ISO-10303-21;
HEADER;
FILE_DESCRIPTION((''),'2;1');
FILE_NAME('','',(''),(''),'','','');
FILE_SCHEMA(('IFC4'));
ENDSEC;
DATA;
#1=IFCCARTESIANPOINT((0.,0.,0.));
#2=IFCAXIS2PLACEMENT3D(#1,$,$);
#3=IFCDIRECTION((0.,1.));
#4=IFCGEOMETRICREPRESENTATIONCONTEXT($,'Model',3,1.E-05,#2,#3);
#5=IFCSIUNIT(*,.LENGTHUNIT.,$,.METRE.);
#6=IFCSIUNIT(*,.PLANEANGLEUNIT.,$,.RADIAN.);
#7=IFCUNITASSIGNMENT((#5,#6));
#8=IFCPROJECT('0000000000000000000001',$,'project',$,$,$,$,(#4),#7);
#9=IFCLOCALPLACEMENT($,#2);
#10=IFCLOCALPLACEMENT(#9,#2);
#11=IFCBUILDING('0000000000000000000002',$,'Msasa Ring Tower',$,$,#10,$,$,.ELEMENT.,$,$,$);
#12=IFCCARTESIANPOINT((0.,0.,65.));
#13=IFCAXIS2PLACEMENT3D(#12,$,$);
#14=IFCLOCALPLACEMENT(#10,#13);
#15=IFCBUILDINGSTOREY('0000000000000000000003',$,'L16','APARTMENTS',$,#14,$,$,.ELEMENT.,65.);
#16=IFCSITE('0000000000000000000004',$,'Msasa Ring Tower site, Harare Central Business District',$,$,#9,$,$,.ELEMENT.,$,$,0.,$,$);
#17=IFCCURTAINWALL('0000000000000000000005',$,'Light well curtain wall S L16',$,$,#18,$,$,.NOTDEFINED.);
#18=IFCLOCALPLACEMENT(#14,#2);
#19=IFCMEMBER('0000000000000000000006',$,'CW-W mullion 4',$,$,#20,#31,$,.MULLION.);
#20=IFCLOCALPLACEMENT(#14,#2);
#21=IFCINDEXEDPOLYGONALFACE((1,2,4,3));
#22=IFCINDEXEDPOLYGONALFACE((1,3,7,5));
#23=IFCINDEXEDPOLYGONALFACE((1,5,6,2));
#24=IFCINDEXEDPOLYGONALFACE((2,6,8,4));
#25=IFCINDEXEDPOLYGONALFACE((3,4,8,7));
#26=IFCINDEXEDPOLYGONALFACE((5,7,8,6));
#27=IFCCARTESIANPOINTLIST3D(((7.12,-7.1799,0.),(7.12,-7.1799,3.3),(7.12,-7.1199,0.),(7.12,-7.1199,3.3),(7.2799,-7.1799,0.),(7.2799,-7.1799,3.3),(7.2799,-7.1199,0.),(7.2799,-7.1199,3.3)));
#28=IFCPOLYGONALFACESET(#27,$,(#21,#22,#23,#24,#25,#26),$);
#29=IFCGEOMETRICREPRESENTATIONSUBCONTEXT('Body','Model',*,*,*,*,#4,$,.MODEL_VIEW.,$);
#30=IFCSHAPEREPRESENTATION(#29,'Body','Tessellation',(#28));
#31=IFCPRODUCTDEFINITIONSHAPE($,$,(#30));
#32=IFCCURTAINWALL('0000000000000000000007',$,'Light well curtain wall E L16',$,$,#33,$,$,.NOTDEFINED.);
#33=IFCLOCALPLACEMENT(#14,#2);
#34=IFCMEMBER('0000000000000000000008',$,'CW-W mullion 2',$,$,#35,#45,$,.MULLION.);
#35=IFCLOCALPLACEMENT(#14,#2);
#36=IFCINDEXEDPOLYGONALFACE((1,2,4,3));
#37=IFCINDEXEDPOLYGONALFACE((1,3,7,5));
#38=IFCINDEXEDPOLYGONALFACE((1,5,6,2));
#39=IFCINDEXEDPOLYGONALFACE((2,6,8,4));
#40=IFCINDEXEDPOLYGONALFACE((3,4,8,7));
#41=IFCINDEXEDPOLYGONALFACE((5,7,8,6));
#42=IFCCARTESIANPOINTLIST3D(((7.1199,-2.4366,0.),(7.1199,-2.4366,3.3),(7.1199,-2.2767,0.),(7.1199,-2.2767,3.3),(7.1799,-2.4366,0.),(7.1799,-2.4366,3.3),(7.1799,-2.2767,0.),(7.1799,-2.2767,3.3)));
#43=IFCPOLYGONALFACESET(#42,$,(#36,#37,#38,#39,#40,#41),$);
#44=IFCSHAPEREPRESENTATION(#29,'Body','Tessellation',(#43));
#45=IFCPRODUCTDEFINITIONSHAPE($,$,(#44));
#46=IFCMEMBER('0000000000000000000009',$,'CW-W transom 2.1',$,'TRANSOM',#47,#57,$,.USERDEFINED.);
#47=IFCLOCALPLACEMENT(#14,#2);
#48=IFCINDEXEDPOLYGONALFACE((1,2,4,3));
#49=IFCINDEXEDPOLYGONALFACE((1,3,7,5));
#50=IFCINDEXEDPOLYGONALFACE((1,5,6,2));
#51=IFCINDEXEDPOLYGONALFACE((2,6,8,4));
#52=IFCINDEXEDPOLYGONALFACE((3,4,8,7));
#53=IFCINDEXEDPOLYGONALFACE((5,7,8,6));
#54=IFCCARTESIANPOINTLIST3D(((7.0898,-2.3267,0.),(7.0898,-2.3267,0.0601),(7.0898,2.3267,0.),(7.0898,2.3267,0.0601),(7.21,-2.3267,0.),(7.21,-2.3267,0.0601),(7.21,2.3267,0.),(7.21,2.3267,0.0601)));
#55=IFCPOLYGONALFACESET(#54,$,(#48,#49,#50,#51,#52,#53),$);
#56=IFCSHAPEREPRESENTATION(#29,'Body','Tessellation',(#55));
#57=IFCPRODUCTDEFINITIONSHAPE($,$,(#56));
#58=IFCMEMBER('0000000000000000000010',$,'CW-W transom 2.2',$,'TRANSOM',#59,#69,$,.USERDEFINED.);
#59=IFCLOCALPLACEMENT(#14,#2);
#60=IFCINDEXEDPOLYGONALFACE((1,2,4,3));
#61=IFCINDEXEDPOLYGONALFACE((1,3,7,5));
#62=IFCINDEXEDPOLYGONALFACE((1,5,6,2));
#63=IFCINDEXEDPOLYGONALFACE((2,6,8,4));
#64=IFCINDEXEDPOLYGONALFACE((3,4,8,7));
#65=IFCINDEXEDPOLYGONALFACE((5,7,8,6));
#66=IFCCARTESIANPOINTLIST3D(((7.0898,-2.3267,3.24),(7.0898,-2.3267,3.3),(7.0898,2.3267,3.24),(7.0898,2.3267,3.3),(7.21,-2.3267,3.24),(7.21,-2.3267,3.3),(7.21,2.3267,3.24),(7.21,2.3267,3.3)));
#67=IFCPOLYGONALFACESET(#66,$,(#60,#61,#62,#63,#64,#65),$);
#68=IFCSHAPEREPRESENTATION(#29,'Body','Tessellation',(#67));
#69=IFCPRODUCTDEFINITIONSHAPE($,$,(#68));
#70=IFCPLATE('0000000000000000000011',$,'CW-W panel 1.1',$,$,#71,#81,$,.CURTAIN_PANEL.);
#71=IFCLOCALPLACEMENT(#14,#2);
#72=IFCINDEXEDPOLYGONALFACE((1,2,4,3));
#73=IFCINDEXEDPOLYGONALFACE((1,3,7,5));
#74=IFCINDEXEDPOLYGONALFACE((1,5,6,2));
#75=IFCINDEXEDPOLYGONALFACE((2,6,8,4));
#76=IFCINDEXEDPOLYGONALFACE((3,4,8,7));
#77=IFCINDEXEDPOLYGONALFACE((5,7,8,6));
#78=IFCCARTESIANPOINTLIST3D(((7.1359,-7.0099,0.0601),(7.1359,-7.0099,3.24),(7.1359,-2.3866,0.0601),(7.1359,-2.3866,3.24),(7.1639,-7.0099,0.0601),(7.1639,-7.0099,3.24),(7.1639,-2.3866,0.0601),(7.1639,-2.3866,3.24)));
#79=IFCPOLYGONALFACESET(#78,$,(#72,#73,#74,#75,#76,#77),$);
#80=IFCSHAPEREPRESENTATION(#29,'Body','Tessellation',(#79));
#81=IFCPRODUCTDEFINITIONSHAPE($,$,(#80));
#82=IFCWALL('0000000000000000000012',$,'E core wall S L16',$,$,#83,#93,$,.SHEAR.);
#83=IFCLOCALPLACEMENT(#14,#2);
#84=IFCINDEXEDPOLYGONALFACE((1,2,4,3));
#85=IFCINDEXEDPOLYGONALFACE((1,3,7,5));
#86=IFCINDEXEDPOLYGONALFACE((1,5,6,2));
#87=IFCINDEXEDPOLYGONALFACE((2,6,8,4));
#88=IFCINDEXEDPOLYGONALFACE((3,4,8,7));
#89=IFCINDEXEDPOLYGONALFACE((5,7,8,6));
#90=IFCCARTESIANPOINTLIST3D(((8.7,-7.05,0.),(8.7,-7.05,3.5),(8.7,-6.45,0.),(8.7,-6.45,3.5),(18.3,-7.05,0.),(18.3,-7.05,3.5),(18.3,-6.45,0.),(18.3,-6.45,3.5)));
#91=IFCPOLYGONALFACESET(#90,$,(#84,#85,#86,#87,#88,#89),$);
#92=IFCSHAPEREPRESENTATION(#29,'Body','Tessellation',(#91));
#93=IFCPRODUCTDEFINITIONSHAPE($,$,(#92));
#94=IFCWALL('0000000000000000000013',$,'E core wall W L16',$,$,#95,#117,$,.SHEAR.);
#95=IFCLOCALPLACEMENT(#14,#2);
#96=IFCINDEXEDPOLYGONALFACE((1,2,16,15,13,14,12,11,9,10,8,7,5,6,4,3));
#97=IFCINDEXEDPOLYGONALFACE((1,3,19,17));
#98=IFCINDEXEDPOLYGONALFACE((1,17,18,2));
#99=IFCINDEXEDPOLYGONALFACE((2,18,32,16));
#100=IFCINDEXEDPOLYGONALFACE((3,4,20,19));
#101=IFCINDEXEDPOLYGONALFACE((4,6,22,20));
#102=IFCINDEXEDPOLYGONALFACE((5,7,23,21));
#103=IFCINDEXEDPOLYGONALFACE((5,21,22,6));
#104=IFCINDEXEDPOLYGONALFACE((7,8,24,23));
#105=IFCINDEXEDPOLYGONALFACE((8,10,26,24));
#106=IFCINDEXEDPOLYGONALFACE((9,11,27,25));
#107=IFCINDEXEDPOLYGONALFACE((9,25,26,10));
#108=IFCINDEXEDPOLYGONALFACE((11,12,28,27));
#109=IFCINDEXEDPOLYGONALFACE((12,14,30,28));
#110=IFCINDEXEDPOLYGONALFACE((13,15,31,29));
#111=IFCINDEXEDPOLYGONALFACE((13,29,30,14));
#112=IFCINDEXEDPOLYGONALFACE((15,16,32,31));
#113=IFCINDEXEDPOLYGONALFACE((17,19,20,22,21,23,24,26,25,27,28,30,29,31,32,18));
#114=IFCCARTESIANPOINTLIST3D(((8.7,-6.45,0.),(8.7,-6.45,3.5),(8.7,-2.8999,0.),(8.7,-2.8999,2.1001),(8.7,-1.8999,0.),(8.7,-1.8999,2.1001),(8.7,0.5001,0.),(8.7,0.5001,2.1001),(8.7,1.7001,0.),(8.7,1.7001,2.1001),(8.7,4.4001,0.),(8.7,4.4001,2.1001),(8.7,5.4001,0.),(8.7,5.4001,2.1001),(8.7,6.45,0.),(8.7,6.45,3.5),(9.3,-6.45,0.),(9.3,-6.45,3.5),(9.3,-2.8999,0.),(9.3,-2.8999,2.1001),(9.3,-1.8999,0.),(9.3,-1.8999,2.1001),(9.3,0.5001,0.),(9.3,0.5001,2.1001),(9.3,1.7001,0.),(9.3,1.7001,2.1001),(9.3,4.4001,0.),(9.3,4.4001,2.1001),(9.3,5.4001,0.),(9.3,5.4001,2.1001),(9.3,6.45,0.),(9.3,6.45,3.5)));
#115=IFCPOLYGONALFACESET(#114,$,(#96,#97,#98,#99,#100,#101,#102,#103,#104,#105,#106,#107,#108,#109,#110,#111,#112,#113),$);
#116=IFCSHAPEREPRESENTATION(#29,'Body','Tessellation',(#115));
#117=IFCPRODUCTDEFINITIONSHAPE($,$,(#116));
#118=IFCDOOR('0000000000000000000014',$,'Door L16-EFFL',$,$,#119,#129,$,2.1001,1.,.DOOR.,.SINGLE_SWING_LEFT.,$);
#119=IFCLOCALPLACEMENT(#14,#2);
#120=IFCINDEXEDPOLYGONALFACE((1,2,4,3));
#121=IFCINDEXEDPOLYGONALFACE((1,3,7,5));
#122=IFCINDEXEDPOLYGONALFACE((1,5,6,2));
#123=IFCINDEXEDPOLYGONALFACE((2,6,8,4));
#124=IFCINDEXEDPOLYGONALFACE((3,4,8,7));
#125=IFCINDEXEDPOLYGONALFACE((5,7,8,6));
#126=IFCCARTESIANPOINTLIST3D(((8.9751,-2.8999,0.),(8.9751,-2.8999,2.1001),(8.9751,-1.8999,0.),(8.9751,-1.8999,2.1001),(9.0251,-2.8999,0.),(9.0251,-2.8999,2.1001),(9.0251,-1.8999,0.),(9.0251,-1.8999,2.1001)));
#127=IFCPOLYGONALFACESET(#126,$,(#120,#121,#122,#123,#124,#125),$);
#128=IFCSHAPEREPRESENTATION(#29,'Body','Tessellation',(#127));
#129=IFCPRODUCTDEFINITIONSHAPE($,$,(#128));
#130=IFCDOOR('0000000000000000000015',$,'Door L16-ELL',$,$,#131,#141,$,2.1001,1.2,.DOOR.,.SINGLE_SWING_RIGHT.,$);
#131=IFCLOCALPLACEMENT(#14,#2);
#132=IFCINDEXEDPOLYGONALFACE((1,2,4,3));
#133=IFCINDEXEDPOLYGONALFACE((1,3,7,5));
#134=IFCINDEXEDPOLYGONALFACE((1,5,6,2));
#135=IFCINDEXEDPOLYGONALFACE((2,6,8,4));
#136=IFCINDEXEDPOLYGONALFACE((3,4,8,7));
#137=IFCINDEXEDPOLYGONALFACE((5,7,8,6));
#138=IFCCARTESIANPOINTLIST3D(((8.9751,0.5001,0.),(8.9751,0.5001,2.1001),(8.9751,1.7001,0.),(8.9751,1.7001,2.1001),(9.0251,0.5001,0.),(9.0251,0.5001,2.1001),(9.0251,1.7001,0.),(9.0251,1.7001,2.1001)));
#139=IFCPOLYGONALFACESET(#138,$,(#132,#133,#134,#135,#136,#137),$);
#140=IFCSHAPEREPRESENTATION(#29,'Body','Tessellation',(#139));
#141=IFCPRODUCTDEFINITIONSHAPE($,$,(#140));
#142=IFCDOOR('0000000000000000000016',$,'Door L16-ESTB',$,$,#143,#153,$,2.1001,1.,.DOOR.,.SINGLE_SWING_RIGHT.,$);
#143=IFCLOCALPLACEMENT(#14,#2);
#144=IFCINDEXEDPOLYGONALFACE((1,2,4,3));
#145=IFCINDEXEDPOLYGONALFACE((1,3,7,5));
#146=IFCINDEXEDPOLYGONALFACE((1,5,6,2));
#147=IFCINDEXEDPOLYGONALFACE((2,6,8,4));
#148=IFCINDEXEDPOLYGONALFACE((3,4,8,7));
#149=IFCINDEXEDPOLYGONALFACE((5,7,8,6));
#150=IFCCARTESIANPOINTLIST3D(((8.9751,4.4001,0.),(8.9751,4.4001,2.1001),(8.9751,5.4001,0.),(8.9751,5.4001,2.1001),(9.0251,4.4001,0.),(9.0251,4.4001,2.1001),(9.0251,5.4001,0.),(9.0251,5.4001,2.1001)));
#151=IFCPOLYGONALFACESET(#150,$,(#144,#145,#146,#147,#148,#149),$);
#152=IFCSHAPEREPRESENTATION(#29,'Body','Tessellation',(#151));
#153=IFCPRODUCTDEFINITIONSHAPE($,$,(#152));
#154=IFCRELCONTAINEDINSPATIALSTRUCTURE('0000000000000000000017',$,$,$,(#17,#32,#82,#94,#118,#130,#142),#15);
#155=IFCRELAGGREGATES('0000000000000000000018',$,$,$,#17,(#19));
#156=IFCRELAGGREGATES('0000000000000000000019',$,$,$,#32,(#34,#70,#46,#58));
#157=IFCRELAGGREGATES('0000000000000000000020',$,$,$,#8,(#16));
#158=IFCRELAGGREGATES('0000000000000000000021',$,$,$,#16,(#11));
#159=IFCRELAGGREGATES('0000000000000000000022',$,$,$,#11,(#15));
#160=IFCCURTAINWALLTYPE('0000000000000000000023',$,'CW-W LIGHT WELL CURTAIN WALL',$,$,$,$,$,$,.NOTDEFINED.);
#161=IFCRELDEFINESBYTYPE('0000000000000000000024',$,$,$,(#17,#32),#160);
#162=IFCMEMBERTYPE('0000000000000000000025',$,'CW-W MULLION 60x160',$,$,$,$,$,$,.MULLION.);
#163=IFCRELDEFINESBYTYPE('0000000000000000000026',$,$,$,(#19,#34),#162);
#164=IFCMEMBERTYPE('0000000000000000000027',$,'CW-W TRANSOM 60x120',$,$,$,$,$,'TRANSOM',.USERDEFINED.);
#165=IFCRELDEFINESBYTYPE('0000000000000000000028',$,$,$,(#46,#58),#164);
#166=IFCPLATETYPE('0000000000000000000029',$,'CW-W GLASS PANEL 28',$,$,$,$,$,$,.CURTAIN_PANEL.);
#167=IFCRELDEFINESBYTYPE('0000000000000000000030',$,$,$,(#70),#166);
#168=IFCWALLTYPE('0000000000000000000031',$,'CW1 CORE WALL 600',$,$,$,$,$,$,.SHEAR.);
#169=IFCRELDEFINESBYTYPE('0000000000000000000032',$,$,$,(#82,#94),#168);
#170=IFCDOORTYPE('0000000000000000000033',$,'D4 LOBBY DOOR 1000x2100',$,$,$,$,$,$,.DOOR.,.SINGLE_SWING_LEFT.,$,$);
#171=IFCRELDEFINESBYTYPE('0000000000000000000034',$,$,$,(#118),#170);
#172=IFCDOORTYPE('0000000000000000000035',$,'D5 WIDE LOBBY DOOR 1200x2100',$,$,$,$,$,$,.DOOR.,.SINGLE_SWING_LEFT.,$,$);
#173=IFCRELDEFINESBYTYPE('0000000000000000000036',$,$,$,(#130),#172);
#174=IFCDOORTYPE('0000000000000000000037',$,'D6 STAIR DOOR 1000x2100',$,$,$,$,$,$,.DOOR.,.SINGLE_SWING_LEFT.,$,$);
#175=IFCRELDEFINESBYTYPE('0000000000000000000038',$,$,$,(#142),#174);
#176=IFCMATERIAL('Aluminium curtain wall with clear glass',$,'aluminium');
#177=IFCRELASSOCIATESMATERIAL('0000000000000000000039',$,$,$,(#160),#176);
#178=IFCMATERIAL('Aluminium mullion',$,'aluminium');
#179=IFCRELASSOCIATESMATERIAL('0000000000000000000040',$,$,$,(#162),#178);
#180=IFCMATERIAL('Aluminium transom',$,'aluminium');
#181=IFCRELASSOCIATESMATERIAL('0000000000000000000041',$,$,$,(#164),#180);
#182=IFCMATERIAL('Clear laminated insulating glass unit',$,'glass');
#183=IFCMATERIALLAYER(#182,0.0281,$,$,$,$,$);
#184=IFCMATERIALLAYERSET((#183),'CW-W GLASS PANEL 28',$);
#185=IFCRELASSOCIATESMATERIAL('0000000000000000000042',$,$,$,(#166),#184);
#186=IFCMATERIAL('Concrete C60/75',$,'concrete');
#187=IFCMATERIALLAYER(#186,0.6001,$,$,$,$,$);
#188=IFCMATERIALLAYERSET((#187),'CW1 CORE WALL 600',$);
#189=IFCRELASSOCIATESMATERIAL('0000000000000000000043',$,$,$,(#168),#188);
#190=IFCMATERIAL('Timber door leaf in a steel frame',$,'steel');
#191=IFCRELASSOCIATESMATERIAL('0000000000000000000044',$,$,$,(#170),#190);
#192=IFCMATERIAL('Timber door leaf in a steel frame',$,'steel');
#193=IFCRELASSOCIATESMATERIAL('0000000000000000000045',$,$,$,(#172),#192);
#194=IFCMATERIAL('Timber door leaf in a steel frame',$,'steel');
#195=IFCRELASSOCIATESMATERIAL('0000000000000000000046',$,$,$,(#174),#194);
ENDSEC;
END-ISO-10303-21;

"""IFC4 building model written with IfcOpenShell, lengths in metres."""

from ifc_helpers import new_model, si_unit, direction, frame, frame_2d, origin, origin_2d, place, context, subcontext, project, spatial, rectangle, extrude, material, layer, layer_set, material_profile, profile_set, type_object, element, fill, aggregate, save


model = new_model("IFC4")

# Units and contexts
model_context = context("Model", 3, precision=1e-05, world=origin(), true_north=direction((0.0, 1.0)))
body_context = subcontext(model_context, "Body", "Model", "MODEL_VIEW")
ifc_project = project(units=[si_unit("LENGTHUNIT", "METRE"), si_unit("PLANEANGLEUNIT", "RADIAN")], contexts=[model_context])

# Site, building, storey
site_placement = place(None, origin())
site = spatial("IfcSite", under=ifc_project, at=site_placement, Name="Msasa Ring Tower site, Harare Central Business District", CompositionType="ELEMENT", RefElevation=0.0)
building_placement = place(site_placement, origin())
building = spatial("IfcBuilding", under=site, at=building_placement, Name="Msasa Ring Tower", CompositionType="ELEMENT")
storey_placement = place(building_placement, frame((0.0, 0.0, 65.0)))
storey = spatial("IfcBuildingStorey", under=building, at=storey_placement, Name="L16", Description="APARTMENTS", CompositionType="ELEMENT", Elevation=65.0)

# Curtain wall, member
ifc_material_1 = material(Name="Aluminium curtain wall with clear glass", Category="aluminium")
curtain_wall_type = type_object("IfcCurtainWallType", Name="CW-W LIGHT WELL CURTAIN WALL", PredefinedType="NOTDEFINED", material=ifc_material_1)
curtain_wall_1_placement = place(storey_placement, origin())
curtain_wall_1 = element("IfcCurtainWall", 1, at=curtain_wall_1_placement, inside=storey, type_object=curtain_wall_type, Name="Light well curtain wall S L16", PredefinedType="NOTDEFINED")
ifc_material_2 = material(Name="Aluminium mullion", Category="aluminium")
ifc_material_profile_1 = material_profile(ifc_material_2, rectangle(XDim=0.0601, YDim=0.1599, at=origin_2d()), Name="AL 60x160")
ifc_profile_set_1 = profile_set([ifc_material_profile_1], Name="Aluminium mullion")
member_type_1 = type_object("IfcMemberType", Name="CW-W MULLION 60x160", PredefinedType="MULLION", material=ifc_profile_set_1)
member_1_placement = place(storey_placement, frame((7.2, -7.1499, 0.0), z_axis=(0.0, 0.0, 1.0), x_axis=(0.0, 1.0, 0.0)))
member_1 = element("IfcMember", 2, at=member_1_placement, type_object=member_type_1, Name="CW-W mullion 4", PredefinedType="MULLION", context=body_context, shape_type="SweptSolid", body=[
    extrude(rectangle(XDim=0.0601, YDim=0.1599, at=origin_2d()), origin(), (0.0, 0.0, 1.0), 3.3),
])
aggregate(curtain_wall_1, [member_1])

# Curtain wall, members, plate
curtain_wall_2_placement = place(storey_placement, origin())
curtain_wall_2 = element("IfcCurtainWall", 3, at=curtain_wall_2_placement, inside=storey, type_object=curtain_wall_type, Name="Light well curtain wall E L16", PredefinedType="NOTDEFINED")
member_2_placement = place(storey_placement, frame((7.1499, -2.3567, 0.0), z_axis=(0.0, 0.0, 1.0), x_axis=(-1.0, 0.0, 0.0)))
member_2 = element("IfcMember", 4, at=member_2_placement, type_object=member_type_1, Name="CW-W mullion 2", PredefinedType="MULLION", context=body_context, shape_type="SweptSolid", body=[
    extrude(rectangle(XDim=0.0601, YDim=0.1599, at=origin_2d()), origin(), (0.0, 0.0, 1.0), 3.3),
])
ifc_material_3 = material(Name="Aluminium transom", Category="aluminium")
ifc_material_profile_2 = material_profile(ifc_material_3, rectangle(XDim=0.1201, YDim=0.0601, at=origin_2d()), Name="AL 60x120")
ifc_profile_set_2 = profile_set([ifc_material_profile_2], Name="Aluminium transom")
member_type_2 = type_object("IfcMemberType", Name="CW-W TRANSOM 60x120", ElementType="TRANSOM", PredefinedType="USERDEFINED", material=ifc_profile_set_2)
member_3_placement = place(storey_placement, frame((7.1499, -2.3267, 0.03), z_axis=(0.0, 1.0, 0.0), x_axis=(-1.0, 0.0, 0.0)))
member_3 = element("IfcMember", 5, at=member_3_placement, type_object=member_type_2, Name="CW-W transom 2.1", ObjectType="TRANSOM", PredefinedType="USERDEFINED", context=body_context, shape_type="SweptSolid", body=[
    extrude(rectangle(XDim=0.1201, YDim=0.0601, at=origin_2d()), origin(), (0.0, 0.0, 1.0), 4.6533),
])
member_4_placement = place(storey_placement, frame((7.1499, -2.3267, 3.27), z_axis=(0.0, 1.0, 0.0), x_axis=(-1.0, 0.0, 0.0)))
member_4 = element("IfcMember", 6, at=member_4_placement, type_object=member_type_2, Name="CW-W transom 2.2", ObjectType="TRANSOM", PredefinedType="USERDEFINED", context=body_context, shape_type="SweptSolid", body=[
    extrude(rectangle(XDim=0.1201, YDim=0.0601, at=origin_2d()), origin(), (0.0, 0.0, 1.0), 4.6533),
])
ifc_material_4 = material(Name="Clear laminated insulating glass unit", Category="glass")
ifc_layer_1 = layer(ifc_material_4, 0.0281)
ifc_layer_set_1 = layer_set([ifc_layer_1], Name="CW-W GLASS PANEL 28")
plate_type = type_object("IfcPlateType", Name="CW-W GLASS PANEL 28", PredefinedType="CURTAIN_PANEL", material=ifc_layer_set_1)
plate_placement = place(storey_placement, frame((7.1499, -4.6982, 0.0601), z_axis=(0.0, 0.0, 1.0), x_axis=(0.0, 1.0, 0.0)))
plate = element("IfcPlate", 7, at=plate_placement, type_object=plate_type, Name="CW-W panel 1.1", PredefinedType="CURTAIN_PANEL", context=body_context, shape_type="SweptSolid", body=[
    extrude(rectangle(XDim=4.6233, YDim=0.0281, at=origin_2d()), origin(), (0.0, 0.0, 1.0), 3.1799),
])
aggregate(curtain_wall_2, [member_2, plate, member_3, member_4])

# Wall
ifc_material_5 = material(Name="Concrete C60/75", Category="concrete")
ifc_layer_2 = layer(ifc_material_5, 0.6001)
ifc_layer_set_2 = layer_set([ifc_layer_2], Name="CW1 CORE WALL 600")
wall_type_1 = type_object("IfcWallType", Name="CW1 CORE WALL 600", PredefinedType="SHEAR", material=ifc_layer_set_2)
wall_1_placement = place(storey_placement, frame((8.7, -6.75, 0.0), z_axis=(0.0, 0.0, 1.0), x_axis=(1.0, 0.0, 0.0)))
element("IfcWall", 8, at=wall_1_placement, inside=storey, type_object=wall_type_1, Name="E core wall S L16", PredefinedType="SHEAR", context=body_context, shape_type="SweptSolid", body=[
    extrude(rectangle(XDim=9.6001, YDim=0.6001, at=frame_2d((4.8, 0.0))), origin(), (0.0, 0.0, 1.0), 3.5),
])

# Wall, openings, doors
wall_2_placement = place(storey_placement, frame((9.0, -6.45, 0.0), z_axis=(0.0, 0.0, 1.0), x_axis=(0.0, 1.0, 0.0)))
wall_2 = element("IfcWall", 9, at=wall_2_placement, inside=storey, type_object=wall_type_1, Name="E core wall W L16", PredefinedType="SHEAR", context=body_context, shape_type="SweptSolid", body=[
    extrude(rectangle(XDim=12.8999, YDim=0.6001, at=frame_2d((6.45, 0.0))), origin(), (0.0, 0.0, 1.0), 3.5),
])
opening_1_placement = place(wall_2_placement, frame((3.55, 0.0, 0.0)))
opening_1 = element("IfcOpeningElement", 10, at=opening_1_placement, cuts=wall_2, PredefinedType="OPENING", context=body_context, shape_type="SweptSolid", body=[
    extrude(rectangle(XDim=1.0, YDim=2.1001, at=frame_2d((0.5, 1.05))), frame((0.0, 0.3101, 0.0), z_axis=(0.0, -1.0, 0.0), x_axis=(1.0, 0.0, 0.0)), (0.0, 0.0, 1.0), 0.6201),
])
opening_2_placement = place(wall_2_placement, frame((6.95, 0.0, 0.0)))
opening_2 = element("IfcOpeningElement", 11, at=opening_2_placement, cuts=wall_2, PredefinedType="OPENING", context=body_context, shape_type="SweptSolid", body=[
    extrude(rectangle(XDim=1.2, YDim=2.1001, at=frame_2d((0.6001, 1.05))), frame((0.0, 0.3101, 0.0), z_axis=(0.0, -1.0, 0.0), x_axis=(1.0, 0.0, 0.0)), (0.0, 0.0, 1.0), 0.6201),
])
opening_3_placement = place(wall_2_placement, frame((10.8501, 0.0, 0.0)))
opening_3 = element("IfcOpeningElement", 12, at=opening_3_placement, cuts=wall_2, PredefinedType="OPENING", context=body_context, shape_type="SweptSolid", body=[
    extrude(rectangle(XDim=1.0, YDim=2.1001, at=frame_2d((0.5, 1.05))), frame((0.0, 0.3101, 0.0), z_axis=(0.0, -1.0, 0.0), x_axis=(1.0, 0.0, 0.0)), (0.0, 0.0, 1.0), 0.6201),
])
ifc_material_6 = material(Name="Timber door leaf in a steel frame", Category="steel")
door_type_1 = type_object("IfcDoorType", Name="D4 LOBBY DOOR 1000x2100", OperationType="SINGLE_SWING_LEFT", PredefinedType="DOOR", material=ifc_material_6)
door_1_placement = place(opening_1_placement, origin())
door_1 = element("IfcDoor", 13, at=door_1_placement, inside=storey, type_object=door_type_1, Name="Door L16-EFFL", OperationType="SINGLE_SWING_LEFT", OverallHeight=2.1001, OverallWidth=1.0, PredefinedType="DOOR", context=body_context, shape_type="SweptSolid", body=[
    extrude(rectangle(XDim=1.0, YDim=2.1001, at=frame_2d((0.5, 1.05))), frame((0.0, 0.0249, 0.0), z_axis=(0.0, -1.0, 0.0), x_axis=(1.0, 0.0, 0.0)), (0.0, 0.0, 1.0), 0.05),
])
fill(opening_1, door_1)
ifc_material_7 = material(Name="Timber door leaf in a steel frame", Category="steel")
door_type_2 = type_object("IfcDoorType", Name="D5 WIDE LOBBY DOOR 1200x2100", OperationType="SINGLE_SWING_LEFT", PredefinedType="DOOR", material=ifc_material_7)
door_2_placement = place(opening_2_placement, origin())
door_2 = element("IfcDoor", 14, at=door_2_placement, inside=storey, type_object=door_type_2, Name="Door L16-ELL", OperationType="SINGLE_SWING_RIGHT", OverallHeight=2.1001, OverallWidth=1.2, PredefinedType="DOOR", context=body_context, shape_type="SweptSolid", body=[
    extrude(rectangle(XDim=1.2, YDim=2.1001, at=frame_2d((0.6001, 1.05))), frame((0.0, 0.0249, 0.0), z_axis=(0.0, -1.0, 0.0), x_axis=(1.0, 0.0, 0.0)), (0.0, 0.0, 1.0), 0.05),
])
fill(opening_2, door_2)
ifc_material_8 = material(Name="Timber door leaf in a steel frame", Category="steel")
door_type_3 = type_object("IfcDoorType", Name="D6 STAIR DOOR 1000x2100", OperationType="SINGLE_SWING_LEFT", PredefinedType="DOOR", material=ifc_material_8)
door_3_placement = place(opening_3_placement, origin())
door_3 = element("IfcDoor", 15, at=door_3_placement, inside=storey, type_object=door_type_3, Name="Door L16-ESTB", OperationType="SINGLE_SWING_RIGHT", OverallHeight=2.1001, OverallWidth=1.0, PredefinedType="DOOR", context=body_context, shape_type="SweptSolid", body=[
    extrude(rectangle(XDim=1.0, YDim=2.1001, at=frame_2d((0.5, 1.05))), frame((0.0, 0.0249, 0.0), z_axis=(0.0, -1.0, 0.0), x_axis=(1.0, 0.0, 0.0)), (0.0, 0.0, 1.0), 0.05),
])
fill(opening_3, door_3)

save(model, "model.ifc")
